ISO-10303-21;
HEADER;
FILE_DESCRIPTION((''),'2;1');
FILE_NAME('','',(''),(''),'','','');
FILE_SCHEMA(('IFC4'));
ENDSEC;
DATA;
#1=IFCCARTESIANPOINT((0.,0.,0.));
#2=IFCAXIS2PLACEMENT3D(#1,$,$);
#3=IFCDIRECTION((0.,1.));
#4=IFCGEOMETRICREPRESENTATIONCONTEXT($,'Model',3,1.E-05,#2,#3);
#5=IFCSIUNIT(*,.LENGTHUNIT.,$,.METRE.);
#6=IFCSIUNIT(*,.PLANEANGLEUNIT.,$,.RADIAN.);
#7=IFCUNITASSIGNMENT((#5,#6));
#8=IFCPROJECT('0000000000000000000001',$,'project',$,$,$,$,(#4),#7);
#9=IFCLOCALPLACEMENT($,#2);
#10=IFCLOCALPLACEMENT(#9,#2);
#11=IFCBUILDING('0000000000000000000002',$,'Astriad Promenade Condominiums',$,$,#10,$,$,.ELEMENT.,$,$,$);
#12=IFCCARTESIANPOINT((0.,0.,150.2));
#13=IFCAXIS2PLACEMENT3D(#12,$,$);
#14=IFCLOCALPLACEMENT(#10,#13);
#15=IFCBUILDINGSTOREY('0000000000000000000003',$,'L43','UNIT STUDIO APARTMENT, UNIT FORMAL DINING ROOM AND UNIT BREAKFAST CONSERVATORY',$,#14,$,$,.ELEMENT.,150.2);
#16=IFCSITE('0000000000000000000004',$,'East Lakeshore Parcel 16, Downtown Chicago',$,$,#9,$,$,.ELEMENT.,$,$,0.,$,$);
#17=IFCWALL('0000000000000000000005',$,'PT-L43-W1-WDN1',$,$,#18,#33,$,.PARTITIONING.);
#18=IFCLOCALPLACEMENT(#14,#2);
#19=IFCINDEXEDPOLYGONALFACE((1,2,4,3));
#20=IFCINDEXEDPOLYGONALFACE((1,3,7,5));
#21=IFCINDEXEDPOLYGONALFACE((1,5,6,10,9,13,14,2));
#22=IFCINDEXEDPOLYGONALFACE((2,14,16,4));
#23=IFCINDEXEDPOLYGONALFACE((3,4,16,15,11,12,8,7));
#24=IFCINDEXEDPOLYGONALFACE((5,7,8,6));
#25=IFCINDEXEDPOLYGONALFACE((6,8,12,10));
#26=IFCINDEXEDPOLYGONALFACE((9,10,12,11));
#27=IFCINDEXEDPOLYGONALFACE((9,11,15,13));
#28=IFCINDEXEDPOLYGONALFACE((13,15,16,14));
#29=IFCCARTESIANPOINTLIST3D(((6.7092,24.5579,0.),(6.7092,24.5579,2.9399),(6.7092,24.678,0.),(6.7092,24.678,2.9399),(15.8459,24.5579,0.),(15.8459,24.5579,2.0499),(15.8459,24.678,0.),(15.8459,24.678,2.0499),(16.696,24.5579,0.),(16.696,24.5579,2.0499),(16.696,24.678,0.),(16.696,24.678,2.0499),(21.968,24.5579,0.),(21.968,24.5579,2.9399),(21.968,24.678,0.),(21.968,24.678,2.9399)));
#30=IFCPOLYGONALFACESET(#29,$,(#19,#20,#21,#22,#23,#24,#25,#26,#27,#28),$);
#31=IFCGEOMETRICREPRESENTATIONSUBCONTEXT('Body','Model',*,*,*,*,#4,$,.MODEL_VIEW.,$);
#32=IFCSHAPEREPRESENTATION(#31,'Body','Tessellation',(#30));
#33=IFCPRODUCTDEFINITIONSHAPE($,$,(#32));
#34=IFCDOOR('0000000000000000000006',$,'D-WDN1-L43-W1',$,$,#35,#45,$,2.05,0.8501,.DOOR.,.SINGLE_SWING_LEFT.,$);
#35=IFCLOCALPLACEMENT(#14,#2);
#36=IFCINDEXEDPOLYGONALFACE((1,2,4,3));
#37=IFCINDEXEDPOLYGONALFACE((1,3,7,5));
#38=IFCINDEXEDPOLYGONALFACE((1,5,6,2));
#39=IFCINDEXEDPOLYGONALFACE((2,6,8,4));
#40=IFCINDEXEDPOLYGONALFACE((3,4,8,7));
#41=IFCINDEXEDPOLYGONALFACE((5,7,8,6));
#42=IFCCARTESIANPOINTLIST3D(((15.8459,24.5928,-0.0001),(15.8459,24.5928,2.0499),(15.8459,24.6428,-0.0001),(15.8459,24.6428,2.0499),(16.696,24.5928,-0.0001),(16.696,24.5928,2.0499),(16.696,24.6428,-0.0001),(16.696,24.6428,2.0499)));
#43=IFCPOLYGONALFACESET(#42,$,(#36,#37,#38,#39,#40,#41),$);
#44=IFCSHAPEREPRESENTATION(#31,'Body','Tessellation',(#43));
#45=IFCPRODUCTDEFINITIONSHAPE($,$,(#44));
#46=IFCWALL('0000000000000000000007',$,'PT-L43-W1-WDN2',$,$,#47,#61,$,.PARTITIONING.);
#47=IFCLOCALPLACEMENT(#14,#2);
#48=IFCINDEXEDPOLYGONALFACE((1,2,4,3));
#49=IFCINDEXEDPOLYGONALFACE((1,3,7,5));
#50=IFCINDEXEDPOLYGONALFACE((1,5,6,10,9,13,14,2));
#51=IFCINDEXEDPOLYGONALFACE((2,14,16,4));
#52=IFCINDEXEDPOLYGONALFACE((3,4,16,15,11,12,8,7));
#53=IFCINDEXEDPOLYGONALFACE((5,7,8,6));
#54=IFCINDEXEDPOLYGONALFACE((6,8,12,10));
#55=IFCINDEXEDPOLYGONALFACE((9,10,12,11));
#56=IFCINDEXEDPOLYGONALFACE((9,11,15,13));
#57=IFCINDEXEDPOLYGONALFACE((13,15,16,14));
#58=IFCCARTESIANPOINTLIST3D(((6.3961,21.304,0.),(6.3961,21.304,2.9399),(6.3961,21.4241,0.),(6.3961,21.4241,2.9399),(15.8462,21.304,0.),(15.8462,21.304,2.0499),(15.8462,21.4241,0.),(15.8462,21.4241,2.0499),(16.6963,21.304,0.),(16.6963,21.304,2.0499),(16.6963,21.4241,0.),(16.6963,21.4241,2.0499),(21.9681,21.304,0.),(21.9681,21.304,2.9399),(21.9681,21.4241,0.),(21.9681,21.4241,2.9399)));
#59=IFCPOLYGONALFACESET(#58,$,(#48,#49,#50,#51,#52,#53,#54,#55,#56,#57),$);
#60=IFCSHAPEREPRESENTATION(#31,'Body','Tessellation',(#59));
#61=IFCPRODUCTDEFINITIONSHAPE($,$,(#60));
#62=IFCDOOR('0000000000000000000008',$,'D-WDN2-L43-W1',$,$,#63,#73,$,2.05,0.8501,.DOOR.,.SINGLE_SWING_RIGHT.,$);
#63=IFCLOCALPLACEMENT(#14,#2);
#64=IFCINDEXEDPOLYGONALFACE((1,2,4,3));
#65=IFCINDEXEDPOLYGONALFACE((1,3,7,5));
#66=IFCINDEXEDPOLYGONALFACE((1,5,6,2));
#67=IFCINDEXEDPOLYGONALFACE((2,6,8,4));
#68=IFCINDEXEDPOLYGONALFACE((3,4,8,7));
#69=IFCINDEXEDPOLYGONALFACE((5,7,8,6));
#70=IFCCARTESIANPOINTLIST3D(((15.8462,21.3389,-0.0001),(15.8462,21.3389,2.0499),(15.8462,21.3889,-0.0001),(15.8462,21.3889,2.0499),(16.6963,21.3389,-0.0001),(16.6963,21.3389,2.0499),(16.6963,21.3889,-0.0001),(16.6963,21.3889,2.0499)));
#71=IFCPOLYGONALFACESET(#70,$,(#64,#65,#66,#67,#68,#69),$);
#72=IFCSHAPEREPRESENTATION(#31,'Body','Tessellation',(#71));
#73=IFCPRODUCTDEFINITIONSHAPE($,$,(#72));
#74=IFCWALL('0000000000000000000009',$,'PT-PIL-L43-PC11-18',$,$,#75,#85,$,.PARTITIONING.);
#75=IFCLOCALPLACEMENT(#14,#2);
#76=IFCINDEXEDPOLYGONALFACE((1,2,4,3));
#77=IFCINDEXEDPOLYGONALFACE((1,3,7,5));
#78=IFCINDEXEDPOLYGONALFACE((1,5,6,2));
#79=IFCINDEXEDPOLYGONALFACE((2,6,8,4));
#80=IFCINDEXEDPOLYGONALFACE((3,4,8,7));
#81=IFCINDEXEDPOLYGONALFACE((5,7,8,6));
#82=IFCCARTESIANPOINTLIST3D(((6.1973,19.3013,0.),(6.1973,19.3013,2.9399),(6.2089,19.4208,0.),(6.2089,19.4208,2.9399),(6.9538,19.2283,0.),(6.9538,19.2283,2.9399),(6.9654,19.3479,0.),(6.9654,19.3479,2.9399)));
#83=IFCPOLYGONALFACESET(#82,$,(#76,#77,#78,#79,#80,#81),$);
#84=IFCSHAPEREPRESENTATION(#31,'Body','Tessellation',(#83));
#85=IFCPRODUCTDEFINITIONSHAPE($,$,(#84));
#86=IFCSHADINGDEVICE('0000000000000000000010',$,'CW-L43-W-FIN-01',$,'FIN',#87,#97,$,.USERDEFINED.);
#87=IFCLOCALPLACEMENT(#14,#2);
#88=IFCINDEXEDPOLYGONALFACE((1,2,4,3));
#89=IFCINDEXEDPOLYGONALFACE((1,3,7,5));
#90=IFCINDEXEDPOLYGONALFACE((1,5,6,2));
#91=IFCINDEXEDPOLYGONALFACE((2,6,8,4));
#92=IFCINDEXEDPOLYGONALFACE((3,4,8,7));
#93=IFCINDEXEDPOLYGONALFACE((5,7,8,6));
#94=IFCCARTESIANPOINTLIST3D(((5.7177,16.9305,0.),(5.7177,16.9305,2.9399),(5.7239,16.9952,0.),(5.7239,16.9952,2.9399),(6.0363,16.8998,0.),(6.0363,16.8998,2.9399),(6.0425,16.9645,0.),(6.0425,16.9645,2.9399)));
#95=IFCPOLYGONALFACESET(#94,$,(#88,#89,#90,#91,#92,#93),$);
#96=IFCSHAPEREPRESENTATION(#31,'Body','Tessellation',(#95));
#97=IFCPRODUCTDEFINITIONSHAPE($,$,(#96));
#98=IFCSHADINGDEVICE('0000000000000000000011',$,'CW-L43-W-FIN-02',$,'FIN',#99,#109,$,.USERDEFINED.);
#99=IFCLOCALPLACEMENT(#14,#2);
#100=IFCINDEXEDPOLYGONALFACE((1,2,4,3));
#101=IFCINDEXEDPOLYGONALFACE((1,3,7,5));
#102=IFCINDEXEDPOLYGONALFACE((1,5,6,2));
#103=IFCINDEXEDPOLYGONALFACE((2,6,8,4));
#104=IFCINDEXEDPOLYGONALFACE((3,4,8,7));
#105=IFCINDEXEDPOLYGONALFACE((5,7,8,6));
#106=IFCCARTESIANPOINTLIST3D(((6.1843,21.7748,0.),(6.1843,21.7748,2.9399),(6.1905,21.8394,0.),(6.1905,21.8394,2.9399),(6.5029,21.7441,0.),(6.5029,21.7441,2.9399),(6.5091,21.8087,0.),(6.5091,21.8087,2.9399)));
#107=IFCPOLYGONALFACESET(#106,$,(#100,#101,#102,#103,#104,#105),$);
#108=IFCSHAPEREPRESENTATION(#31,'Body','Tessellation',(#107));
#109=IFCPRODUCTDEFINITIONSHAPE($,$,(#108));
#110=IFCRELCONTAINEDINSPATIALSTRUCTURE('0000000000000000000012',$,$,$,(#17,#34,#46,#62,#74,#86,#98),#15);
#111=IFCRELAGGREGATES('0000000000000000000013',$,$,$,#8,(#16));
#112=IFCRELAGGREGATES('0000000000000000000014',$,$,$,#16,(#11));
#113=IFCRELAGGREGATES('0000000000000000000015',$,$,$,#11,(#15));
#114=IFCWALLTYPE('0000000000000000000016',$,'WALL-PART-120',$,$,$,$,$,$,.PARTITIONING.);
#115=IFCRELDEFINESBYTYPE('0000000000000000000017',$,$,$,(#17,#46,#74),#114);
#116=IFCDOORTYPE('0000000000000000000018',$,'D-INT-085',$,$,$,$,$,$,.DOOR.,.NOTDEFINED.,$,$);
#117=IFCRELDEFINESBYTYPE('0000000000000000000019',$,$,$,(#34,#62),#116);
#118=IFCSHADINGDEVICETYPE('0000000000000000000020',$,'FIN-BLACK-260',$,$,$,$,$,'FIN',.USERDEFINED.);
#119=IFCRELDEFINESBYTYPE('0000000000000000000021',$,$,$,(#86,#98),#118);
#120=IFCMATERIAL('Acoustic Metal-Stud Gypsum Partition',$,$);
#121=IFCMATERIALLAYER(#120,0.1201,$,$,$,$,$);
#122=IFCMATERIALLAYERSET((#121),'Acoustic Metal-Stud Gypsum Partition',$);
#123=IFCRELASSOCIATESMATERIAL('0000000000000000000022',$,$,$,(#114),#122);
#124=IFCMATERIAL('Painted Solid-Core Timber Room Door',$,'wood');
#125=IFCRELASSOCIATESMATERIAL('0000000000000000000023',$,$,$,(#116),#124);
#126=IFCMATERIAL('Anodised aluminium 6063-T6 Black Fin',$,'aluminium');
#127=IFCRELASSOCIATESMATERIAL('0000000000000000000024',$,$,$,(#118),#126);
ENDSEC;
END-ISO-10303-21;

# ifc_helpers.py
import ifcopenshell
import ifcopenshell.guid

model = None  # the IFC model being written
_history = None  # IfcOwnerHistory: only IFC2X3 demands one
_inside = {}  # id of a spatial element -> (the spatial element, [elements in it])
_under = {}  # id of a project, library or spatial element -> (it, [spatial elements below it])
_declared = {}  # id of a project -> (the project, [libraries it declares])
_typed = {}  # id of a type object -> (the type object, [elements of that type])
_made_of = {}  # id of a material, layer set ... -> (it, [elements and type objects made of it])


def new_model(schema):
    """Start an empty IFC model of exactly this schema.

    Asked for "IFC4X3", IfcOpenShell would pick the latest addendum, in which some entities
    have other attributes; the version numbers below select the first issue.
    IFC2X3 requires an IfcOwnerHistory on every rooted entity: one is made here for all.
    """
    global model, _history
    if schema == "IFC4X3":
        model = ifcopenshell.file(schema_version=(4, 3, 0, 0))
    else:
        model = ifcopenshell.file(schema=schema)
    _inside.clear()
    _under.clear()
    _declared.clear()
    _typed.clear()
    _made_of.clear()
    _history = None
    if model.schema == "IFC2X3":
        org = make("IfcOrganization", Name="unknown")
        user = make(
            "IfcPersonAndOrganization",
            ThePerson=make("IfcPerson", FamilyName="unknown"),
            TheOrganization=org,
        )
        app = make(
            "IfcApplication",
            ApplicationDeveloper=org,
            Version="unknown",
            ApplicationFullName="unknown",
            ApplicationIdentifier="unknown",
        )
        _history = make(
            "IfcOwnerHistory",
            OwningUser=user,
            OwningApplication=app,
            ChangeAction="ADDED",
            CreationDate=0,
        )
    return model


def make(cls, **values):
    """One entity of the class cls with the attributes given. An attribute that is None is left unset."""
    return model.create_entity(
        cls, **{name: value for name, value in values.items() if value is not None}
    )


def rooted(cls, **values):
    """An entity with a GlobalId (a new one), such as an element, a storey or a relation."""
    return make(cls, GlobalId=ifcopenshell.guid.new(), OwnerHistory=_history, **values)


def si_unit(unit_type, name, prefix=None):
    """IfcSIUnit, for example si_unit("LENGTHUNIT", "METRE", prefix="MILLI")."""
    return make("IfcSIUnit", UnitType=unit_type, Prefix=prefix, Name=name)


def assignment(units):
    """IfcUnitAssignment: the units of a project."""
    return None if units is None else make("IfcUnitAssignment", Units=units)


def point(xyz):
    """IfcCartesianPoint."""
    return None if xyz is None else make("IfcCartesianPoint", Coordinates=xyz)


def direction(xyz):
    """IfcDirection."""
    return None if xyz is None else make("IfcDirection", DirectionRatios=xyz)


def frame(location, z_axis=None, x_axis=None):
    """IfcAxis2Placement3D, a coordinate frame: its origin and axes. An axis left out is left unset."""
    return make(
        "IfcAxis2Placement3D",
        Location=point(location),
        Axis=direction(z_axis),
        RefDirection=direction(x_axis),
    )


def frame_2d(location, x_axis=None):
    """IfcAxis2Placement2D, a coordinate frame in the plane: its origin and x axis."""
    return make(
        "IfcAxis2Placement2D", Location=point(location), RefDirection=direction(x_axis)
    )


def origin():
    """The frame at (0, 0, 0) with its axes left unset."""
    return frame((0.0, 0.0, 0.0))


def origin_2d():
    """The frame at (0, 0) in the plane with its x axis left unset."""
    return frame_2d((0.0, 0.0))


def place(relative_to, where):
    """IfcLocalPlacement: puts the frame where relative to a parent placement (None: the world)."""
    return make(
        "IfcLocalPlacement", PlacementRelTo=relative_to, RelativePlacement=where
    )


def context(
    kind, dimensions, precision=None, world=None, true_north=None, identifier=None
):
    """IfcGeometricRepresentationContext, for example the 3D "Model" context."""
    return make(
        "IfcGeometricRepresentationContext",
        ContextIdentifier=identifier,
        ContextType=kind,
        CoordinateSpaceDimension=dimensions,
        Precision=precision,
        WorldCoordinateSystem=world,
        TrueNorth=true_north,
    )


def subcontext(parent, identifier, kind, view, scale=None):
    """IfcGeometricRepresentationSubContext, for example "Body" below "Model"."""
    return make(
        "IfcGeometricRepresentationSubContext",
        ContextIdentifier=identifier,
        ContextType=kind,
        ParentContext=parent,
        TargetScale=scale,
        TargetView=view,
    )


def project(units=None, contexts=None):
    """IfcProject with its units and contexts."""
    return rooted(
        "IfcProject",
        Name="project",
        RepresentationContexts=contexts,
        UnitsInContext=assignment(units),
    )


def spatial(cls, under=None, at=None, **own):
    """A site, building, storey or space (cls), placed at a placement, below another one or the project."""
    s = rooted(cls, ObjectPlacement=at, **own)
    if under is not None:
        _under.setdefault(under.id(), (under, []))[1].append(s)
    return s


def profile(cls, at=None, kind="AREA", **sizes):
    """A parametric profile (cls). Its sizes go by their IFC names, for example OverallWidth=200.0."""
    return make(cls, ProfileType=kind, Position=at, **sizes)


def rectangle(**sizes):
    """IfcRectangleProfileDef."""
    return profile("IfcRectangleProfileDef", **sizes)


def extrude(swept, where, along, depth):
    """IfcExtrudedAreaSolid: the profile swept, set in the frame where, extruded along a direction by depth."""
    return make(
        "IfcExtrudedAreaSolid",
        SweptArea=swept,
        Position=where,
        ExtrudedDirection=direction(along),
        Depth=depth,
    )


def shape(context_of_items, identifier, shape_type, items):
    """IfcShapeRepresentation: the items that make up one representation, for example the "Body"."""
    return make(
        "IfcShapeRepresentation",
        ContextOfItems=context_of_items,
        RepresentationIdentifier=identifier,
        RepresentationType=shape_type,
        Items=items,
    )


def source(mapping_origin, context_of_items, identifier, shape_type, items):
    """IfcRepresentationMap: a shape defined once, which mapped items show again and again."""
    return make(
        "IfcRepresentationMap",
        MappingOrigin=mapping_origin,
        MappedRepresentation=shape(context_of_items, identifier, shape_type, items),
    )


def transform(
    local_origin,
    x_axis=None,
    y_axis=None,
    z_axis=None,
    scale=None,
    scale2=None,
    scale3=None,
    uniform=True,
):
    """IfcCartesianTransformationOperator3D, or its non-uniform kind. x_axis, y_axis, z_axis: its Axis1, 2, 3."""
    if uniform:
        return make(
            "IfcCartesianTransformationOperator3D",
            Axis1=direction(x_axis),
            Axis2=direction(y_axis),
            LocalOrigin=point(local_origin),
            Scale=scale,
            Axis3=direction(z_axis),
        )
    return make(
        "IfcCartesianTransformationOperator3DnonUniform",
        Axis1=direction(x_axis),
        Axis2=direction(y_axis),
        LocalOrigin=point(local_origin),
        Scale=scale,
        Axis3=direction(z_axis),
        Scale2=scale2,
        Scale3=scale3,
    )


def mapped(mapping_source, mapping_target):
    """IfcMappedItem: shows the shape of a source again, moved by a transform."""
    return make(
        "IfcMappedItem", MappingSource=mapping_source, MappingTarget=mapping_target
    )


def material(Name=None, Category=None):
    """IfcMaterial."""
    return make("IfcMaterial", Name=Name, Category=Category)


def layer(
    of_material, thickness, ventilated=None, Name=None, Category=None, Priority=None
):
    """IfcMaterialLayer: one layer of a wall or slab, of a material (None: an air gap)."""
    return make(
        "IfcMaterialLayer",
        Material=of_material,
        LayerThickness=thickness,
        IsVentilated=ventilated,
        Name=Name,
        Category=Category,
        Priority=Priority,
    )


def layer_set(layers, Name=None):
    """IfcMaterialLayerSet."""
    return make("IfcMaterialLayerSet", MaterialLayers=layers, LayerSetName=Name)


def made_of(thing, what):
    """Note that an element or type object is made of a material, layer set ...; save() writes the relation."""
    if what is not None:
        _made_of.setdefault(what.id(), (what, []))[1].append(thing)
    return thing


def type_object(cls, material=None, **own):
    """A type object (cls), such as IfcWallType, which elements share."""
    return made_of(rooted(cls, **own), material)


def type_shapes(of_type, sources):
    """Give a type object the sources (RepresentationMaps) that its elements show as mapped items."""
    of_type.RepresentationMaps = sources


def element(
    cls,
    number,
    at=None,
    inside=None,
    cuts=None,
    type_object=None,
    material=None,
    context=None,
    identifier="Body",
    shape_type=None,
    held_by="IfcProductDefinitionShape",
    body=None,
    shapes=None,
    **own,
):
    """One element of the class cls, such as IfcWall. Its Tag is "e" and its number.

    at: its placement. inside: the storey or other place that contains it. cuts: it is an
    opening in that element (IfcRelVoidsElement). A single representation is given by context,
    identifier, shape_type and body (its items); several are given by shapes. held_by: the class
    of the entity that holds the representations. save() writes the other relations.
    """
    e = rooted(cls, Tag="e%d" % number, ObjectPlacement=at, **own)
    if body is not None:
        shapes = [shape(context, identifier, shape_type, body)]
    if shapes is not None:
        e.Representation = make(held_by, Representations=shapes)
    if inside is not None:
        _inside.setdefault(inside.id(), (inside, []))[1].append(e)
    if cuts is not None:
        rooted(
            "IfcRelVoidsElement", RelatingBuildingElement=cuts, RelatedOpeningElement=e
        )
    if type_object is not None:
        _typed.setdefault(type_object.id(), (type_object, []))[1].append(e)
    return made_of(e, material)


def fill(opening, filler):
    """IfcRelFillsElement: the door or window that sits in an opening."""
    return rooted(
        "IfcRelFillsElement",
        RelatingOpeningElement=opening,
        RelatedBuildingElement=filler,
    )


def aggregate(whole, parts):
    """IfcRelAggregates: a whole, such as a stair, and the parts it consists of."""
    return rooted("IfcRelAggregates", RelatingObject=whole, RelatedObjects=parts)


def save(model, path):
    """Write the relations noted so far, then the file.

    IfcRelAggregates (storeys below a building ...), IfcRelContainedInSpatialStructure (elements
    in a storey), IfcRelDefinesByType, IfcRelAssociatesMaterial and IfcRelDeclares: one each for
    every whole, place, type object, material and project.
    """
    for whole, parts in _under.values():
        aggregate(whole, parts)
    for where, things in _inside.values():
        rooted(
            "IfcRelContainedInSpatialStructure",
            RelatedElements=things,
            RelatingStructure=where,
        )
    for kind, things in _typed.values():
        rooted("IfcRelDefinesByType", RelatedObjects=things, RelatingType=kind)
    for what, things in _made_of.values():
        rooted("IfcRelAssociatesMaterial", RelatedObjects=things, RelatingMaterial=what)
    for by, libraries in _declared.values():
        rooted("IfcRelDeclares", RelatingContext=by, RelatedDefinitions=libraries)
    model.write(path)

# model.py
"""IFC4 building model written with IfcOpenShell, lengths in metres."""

from ifc_helpers import new_model, si_unit, direction, frame, frame_2d, origin, origin_2d, place, context, subcontext, project, spatial, rectangle, extrude, source, transform, mapped, material, layer, layer_set, type_object, type_shapes, element, fill, save


model = new_model("IFC4")

# Units and contexts
model_context = context("Model", 3, precision=1e-05, world=origin(), true_north=direction((0.0, 1.0)))
body_context = subcontext(model_context, "Body", "Model", "MODEL_VIEW")
ifc_project = project(units=[si_unit("LENGTHUNIT", "METRE"), si_unit("PLANEANGLEUNIT", "RADIAN")], contexts=[model_context])

# Site, building, storey
site_placement = place(None, origin())
site = spatial("IfcSite", under=ifc_project, at=site_placement, Name="East Lakeshore Parcel 16, Downtown Chicago", CompositionType="ELEMENT", RefElevation=0.0)
building_placement = place(site_placement, origin())
building = spatial("IfcBuilding", under=site, at=building_placement, Name="Astriad Promenade Condominiums", CompositionType="ELEMENT")
storey_placement = place(building_placement, frame((0.0, 0.0, 150.2)))
storey = spatial("IfcBuildingStorey", under=building, at=storey_placement, Name="L43", Description="UNIT STUDIO APARTMENT, UNIT FORMAL DINING ROOM AND UNIT BREAKFAST CONSERVATORY", CompositionType="ELEMENT", Elevation=150.2)

# Walls, openings, doors
ifc_material_1 = material(Name="Acoustic Metal-Stud Gypsum Partition")
ifc_layer_1 = layer(ifc_material_1, 0.1201)
ifc_layer_set_1 = layer_set([ifc_layer_1], Name="Acoustic Metal-Stud Gypsum Partition")
wall_type_1 = type_object("IfcWallType", Name="WALL-PART-120", PredefinedType="PARTITIONING", material=ifc_layer_set_1)
wall_1_placement = place(storey_placement, frame((6.7092, 24.6179, 0.0), z_axis=(0.0, 0.0, 1.0), x_axis=(1.0, 0.0, 0.0)))
wall_1 = element("IfcWall", 1, at=wall_1_placement, inside=storey, type_object=wall_type_1, Name="PT-L43-W1-WDN1", PredefinedType="PARTITIONING", context=body_context, shape_type="SweptSolid", body=[
    extrude(rectangle(XDim=15.2588, YDim=0.1201, at=frame_2d((7.6294, 0.0))), origin(), (0.0, 0.0, 1.0), 2.9399),
])
opening_1_placement = place(wall_1_placement, frame((9.1367, 0.0, 0.0)))
opening_1 = element("IfcOpeningElement", 2, at=opening_1_placement, cuts=wall_1, PredefinedType="OPENING", context=body_context, shape_type="SweptSolid", body=[
    extrude(rectangle(XDim=0.8501, YDim=2.05, at=frame_2d((0.425, 1.0249))), frame((0.0, 0.0701, 0.0), z_axis=(0.0, -1.0, 0.0), x_axis=(1.0, 0.0, 0.0)), (0.0, 0.0, 1.0), 0.1401),
])
ifc_material_2 = material(Name="Painted Solid-Core Timber Room Door", Category="wood")
door_type = type_object("IfcDoorType", Name="D-INT-085", OperationType="NOTDEFINED", PredefinedType="DOOR", material=ifc_material_2)
shared_shape_1 = source(origin(), body_context, "Body", "SweptSolid", [
    extrude(rectangle(XDim=0.8501, YDim=2.05, at=frame_2d((0.425, 1.0249))), frame((0.0, 0.0249, 0.0), z_axis=(0.0, -1.0, 0.0), x_axis=(1.0, 0.0, 0.0)), (0.0, 0.0, 1.0), 0.05),
])
type_shapes(door_type, [shared_shape_1])
door_1_placement = place(opening_1_placement, origin())
door_1 = element("IfcDoor", 3, at=door_1_placement, inside=storey, type_object=door_type, Name="D-WDN1-L43-W1", OperationType="SINGLE_SWING_LEFT", OverallHeight=2.05, OverallWidth=0.8501, PredefinedType="DOOR", context=body_context, shape_type="MappedRepresentation", body=[
    mapped(shared_shape_1, transform((0.0, 0.0, 0.0), scale=1.0)),
])
fill(opening_1, door_1)
wall_2_placement = place(storey_placement, frame((6.396, 21.364, 0.0), z_axis=(0.0, 0.0, 1.0), x_axis=(1.0, 0.0, 0.0)))
wall_2 = element("IfcWall", 4, at=wall_2_placement, inside=storey, type_object=wall_type_1, Name="PT-L43-W1-WDN2", PredefinedType="PARTITIONING", context=body_context, shape_type="SweptSolid", body=[
    extrude(rectangle(XDim=15.572, YDim=0.1201, at=frame_2d((7.7861, 0.0))), origin(), (0.0, 0.0, 1.0), 2.9399),
])
opening_2_placement = place(wall_2_placement, frame((9.4502, 0.0, 0.0)))
opening_2 = element("IfcOpeningElement", 5, at=opening_2_placement, cuts=wall_2, PredefinedType="OPENING", context=body_context, shape_type="SweptSolid", body=[
    extrude(rectangle(XDim=0.8501, YDim=2.05, at=frame_2d((0.425, 1.0249))), frame((0.0, 0.0701, 0.0), z_axis=(0.0, -1.0, 0.0), x_axis=(1.0, 0.0, 0.0)), (0.0, 0.0, 1.0), 0.1401),
])
door_2_placement = place(opening_2_placement, origin())
door_2 = element("IfcDoor", 6, at=door_2_placement, inside=storey, type_object=door_type, Name="D-WDN2-L43-W1", OperationType="SINGLE_SWING_RIGHT", OverallHeight=2.05, OverallWidth=0.8501, PredefinedType="DOOR", context=body_context, shape_type="MappedRepresentation", body=[
    mapped(shared_shape_1, transform((0.0, 0.0, 0.0), scale=1.0)),
])
fill(opening_2, door_2)

# Wall
wall_3_placement = place(storey_placement, frame((6.9595, 19.2881, 0.0), z_axis=(0.0, 0.0, 1.0), x_axis=(-0.995378, 0.096037, 0.0)))
element("IfcWall", 7, at=wall_3_placement, inside=storey, type_object=wall_type_1, Name="PT-PIL-L43-PC11-18", PredefinedType="PARTITIONING", context=body_context, shape_type="SweptSolid", body=[
    extrude(rectangle(XDim=0.76, YDim=0.1201, at=frame_2d((0.3799, 0.0))), origin(), (0.0, 0.0, 1.0), 2.9399),
])

# Shading devices
ifc_material_3 = material(Name="Anodised aluminium 6063-T6 Black Fin", Category="aluminium")
shading_device_type = type_object("IfcShadingDeviceType", Name="FIN-BLACK-260", ElementType="FIN", PredefinedType="USERDEFINED", material=ifc_material_3)
shared_shape_2 = source(origin(), body_context, "Body", "SweptSolid", [
    extrude(rectangle(XDim=0.0649, YDim=0.3201, at=origin_2d()), origin(), (0.0, 0.0, 1.0), 2.9399),
])
type_shapes(shading_device_type, [shared_shape_2])
for number, where, z_axis, x_axis, name in (
    (8, (5.8801, 16.9475, 0.0), (0.0, 0.0, 1.0), (0.095846, 0.995396, 0.0), "CW-L43-W-FIN-01"),
    (9, (6.3467, 21.7917, 0.0), (0.0, 0.0, 1.0), (0.095846, 0.995396, 0.0), "CW-L43-W-FIN-02"),
):
    element("IfcShadingDevice", number, at=place(storey_placement, frame(where, z_axis=z_axis, x_axis=x_axis)), inside=storey, type_object=shading_device_type, Name=name, ObjectType="FIN", PredefinedType="USERDEFINED", context=body_context, shape_type="MappedRepresentation", body=[
        mapped(shared_shape_2, transform((0.0, 0.0, 0.0), scale=1.0)),
    ])

save(model, "model.ifc")
